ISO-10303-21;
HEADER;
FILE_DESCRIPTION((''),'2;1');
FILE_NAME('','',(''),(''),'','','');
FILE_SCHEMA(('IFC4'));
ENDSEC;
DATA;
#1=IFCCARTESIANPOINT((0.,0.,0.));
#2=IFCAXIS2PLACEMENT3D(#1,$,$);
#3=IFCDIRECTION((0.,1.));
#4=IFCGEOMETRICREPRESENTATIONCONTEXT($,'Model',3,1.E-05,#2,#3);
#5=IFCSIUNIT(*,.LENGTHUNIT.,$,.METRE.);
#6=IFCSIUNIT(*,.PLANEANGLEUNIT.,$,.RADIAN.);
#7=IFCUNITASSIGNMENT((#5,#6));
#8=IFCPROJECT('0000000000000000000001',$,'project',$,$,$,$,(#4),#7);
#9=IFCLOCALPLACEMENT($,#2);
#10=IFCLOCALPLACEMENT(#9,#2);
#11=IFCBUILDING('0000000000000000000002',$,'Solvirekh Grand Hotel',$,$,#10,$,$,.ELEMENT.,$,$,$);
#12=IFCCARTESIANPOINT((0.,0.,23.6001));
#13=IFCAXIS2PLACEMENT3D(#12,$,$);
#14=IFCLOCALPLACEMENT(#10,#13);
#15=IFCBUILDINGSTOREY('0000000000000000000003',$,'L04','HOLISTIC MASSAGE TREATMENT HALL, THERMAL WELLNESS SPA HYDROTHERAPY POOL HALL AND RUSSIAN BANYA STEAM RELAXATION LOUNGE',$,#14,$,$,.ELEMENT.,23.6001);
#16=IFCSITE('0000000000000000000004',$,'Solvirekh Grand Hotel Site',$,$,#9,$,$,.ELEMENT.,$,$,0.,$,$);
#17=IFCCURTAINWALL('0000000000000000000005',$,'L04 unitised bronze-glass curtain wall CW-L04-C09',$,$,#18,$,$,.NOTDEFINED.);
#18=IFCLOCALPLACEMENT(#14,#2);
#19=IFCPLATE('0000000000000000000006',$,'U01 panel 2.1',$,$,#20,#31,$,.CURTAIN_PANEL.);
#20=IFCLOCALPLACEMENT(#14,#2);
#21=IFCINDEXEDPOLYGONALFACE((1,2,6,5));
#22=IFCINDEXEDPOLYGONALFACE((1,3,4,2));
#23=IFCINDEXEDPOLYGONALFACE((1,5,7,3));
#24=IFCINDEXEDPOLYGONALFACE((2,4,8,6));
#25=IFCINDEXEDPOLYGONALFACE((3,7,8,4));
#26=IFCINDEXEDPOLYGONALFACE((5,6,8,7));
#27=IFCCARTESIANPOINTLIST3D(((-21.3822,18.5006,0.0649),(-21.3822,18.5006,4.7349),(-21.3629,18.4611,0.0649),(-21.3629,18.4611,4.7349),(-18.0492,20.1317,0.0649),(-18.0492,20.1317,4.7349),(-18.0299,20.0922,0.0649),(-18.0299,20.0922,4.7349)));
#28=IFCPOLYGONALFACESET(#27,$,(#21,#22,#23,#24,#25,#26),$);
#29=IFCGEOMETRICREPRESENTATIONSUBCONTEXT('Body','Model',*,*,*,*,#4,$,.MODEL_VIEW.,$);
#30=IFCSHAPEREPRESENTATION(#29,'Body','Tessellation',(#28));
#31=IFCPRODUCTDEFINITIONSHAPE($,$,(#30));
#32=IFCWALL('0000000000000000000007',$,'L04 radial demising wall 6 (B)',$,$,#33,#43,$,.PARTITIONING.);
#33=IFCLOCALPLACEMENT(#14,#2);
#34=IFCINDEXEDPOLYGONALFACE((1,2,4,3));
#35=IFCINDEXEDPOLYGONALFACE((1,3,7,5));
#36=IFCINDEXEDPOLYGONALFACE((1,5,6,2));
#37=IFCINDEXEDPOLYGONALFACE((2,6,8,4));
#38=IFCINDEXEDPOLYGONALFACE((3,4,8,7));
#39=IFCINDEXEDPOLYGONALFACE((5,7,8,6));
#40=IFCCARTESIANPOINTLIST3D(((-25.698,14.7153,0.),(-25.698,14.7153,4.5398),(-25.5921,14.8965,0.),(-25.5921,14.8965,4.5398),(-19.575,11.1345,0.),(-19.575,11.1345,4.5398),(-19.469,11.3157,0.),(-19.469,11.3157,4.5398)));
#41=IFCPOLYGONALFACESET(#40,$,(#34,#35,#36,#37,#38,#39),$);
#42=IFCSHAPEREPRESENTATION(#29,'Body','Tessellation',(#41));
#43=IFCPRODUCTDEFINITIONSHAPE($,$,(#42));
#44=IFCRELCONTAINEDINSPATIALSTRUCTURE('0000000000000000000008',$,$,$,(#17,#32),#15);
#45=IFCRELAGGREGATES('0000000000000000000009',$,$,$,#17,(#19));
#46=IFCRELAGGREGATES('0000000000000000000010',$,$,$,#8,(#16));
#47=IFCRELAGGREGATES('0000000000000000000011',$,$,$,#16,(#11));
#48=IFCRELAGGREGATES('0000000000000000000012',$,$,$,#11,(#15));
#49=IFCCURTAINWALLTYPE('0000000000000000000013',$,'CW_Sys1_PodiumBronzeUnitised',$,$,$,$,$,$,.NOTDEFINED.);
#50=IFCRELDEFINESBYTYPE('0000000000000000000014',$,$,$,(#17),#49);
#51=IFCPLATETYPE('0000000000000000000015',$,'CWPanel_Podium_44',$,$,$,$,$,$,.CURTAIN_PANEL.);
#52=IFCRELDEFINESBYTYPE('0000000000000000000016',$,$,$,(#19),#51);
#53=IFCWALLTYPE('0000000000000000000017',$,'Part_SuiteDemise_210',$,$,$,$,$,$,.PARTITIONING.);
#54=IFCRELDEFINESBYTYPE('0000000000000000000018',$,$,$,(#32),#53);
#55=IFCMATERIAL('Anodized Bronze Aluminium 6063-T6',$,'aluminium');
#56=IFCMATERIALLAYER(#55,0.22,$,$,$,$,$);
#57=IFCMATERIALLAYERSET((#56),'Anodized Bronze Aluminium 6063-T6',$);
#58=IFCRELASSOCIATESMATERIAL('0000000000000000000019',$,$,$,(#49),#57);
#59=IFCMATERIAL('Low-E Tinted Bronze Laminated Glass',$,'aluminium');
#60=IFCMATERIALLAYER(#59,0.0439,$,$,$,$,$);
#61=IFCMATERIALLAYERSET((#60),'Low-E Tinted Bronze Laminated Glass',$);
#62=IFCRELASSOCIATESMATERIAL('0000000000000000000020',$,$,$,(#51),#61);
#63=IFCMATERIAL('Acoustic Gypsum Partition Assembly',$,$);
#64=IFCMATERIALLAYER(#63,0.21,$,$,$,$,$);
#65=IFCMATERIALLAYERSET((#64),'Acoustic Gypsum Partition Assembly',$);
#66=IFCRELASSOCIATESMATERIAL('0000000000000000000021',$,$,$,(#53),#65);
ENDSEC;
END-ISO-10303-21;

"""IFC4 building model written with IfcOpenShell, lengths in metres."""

from ifc_helpers import new_model, si_unit, direction, frame, frame_2d, origin, origin_2d, place, context, subcontext, project, spatial, rectangle, extrude, source, transform, mapped, material, layer, layer_set, type_object, element, aggregate, save


model = new_model("IFC4")

# Units and contexts
model_context = context("Model", 3, precision=1e-05, world=origin(), true_north=direction((0.0, 1.0)))
body_context = subcontext(model_context, "Body", "Model", "MODEL_VIEW")
ifc_project = project(units=[si_unit("LENGTHUNIT", "METRE"), si_unit("PLANEANGLEUNIT", "RADIAN")], contexts=[model_context])

# Site, building, storey
site_placement = place(None, origin())
site = spatial("IfcSite", under=ifc_project, at=site_placement, Name="Solvirekh Grand Hotel Site", CompositionType="ELEMENT", RefElevation=0.0)
building_placement = place(site_placement, origin())
building = spatial("IfcBuilding", under=site, at=building_placement, Name="Solvirekh Grand Hotel", CompositionType="ELEMENT")
storey_placement = place(building_placement, frame((0.0, 0.0, 23.6001)))
storey = spatial("IfcBuildingStorey", under=building, at=storey_placement, Name="L04", Description="HOLISTIC MASSAGE TREATMENT HALL, THERMAL WELLNESS SPA HYDROTHERAPY POOL HALL AND RUSSIAN BANYA STEAM RELAXATION LOUNGE", CompositionType="ELEMENT", Elevation=23.6001)

# Curtain wall
ifc_material_1 = material(Name="Anodized Bronze Aluminium 6063-T6", Category="aluminium")
ifc_layer_1 = layer(ifc_material_1, 0.22)
ifc_layer_set_1 = layer_set([ifc_layer_1], Name="Anodized Bronze Aluminium 6063-T6")
curtain_wall_type = type_object("IfcCurtainWallType", Name="CW_Sys1_PodiumBronzeUnitised", PredefinedType="NOTDEFINED", material=ifc_layer_set_1)
curtain_wall_1_placement = place(storey_placement, origin())
curtain_wall_1 = element("IfcCurtainWall", 1, at=curtain_wall_1_placement, inside=storey, type_object=curtain_wall_type, Name="L04 unitised bronze-glass curtain wall CW-L04-C09", PredefinedType="NOTDEFINED")

# Plate
ifc_material_2 = material(Name="Low-E Tinted Bronze Laminated Glass", Category="aluminium")
ifc_layer_2 = layer(ifc_material_2, 0.0439)
ifc_layer_set_2 = layer_set([ifc_layer_2], Name="Low-E Tinted Bronze Laminated Glass")
plate_type = type_object("IfcPlateType", Name="CWPanel_Podium_44", PredefinedType="CURTAIN_PANEL", material=ifc_layer_set_2)
shared_shape_1 = source(origin(), body_context, "Body", "SweptSolid", [
    extrude(rectangle(XDim=3.7107, YDim=0.0439, at=origin_2d()), origin(), (0.0, 0.0, 1.0), 4.6699),
])
plate_1_placement = place(storey_placement, frame((-19.7061, 19.2964, 0.0649), z_axis=(0.0, 0.0, 1.0), x_axis=(-0.898213, -0.43956, 0.0)))
plate_1 = element("IfcPlate", 2, at=plate_1_placement, type_object=plate_type, Name="U01 panel 2.1", PredefinedType="CURTAIN_PANEL", context=body_context, shape_type="MappedRepresentation", body=[
    mapped(shared_shape_1, transform((0.0, 0.0, 0.0), x_axis=(1.0, 0.0, 0.0), y_axis=(0.0, 1.0, 0.0), z_axis=(0.0, 0.0, 1.0), scale=1.0)),
])
aggregate(curtain_wall_1, [plate_1])

# Wall
ifc_material_3 = material(Name="Acoustic Gypsum Partition Assembly")
ifc_layer_3 = layer(ifc_material_3, 0.21)
ifc_layer_set_3 = layer_set([ifc_layer_3], Name="Acoustic Gypsum Partition Assembly")
wall_type = type_object("IfcWallType", Name="Part_SuiteDemise_210", PredefinedType="PARTITIONING", material=ifc_layer_set_3)
wall_placement = place(storey_placement, frame((-19.522, 11.2251, 0.0), z_axis=(0.0, 0.0, 1.0), x_axis=(-0.863224, 0.504821, 0.0)))
element("IfcWall", 3, at=wall_placement, inside=storey, type_object=wall_type, Name="L04 radial demising wall 6 (B)", PredefinedType="PARTITIONING", context=body_context, shape_type="SweptSolid", body=[
    extrude(rectangle(XDim=7.0933, YDim=0.21, at=frame_2d((3.5466, 0.0))), origin(), (0.0, 0.0, 1.0), 4.5398),
])

save(model, "model.ifc")
